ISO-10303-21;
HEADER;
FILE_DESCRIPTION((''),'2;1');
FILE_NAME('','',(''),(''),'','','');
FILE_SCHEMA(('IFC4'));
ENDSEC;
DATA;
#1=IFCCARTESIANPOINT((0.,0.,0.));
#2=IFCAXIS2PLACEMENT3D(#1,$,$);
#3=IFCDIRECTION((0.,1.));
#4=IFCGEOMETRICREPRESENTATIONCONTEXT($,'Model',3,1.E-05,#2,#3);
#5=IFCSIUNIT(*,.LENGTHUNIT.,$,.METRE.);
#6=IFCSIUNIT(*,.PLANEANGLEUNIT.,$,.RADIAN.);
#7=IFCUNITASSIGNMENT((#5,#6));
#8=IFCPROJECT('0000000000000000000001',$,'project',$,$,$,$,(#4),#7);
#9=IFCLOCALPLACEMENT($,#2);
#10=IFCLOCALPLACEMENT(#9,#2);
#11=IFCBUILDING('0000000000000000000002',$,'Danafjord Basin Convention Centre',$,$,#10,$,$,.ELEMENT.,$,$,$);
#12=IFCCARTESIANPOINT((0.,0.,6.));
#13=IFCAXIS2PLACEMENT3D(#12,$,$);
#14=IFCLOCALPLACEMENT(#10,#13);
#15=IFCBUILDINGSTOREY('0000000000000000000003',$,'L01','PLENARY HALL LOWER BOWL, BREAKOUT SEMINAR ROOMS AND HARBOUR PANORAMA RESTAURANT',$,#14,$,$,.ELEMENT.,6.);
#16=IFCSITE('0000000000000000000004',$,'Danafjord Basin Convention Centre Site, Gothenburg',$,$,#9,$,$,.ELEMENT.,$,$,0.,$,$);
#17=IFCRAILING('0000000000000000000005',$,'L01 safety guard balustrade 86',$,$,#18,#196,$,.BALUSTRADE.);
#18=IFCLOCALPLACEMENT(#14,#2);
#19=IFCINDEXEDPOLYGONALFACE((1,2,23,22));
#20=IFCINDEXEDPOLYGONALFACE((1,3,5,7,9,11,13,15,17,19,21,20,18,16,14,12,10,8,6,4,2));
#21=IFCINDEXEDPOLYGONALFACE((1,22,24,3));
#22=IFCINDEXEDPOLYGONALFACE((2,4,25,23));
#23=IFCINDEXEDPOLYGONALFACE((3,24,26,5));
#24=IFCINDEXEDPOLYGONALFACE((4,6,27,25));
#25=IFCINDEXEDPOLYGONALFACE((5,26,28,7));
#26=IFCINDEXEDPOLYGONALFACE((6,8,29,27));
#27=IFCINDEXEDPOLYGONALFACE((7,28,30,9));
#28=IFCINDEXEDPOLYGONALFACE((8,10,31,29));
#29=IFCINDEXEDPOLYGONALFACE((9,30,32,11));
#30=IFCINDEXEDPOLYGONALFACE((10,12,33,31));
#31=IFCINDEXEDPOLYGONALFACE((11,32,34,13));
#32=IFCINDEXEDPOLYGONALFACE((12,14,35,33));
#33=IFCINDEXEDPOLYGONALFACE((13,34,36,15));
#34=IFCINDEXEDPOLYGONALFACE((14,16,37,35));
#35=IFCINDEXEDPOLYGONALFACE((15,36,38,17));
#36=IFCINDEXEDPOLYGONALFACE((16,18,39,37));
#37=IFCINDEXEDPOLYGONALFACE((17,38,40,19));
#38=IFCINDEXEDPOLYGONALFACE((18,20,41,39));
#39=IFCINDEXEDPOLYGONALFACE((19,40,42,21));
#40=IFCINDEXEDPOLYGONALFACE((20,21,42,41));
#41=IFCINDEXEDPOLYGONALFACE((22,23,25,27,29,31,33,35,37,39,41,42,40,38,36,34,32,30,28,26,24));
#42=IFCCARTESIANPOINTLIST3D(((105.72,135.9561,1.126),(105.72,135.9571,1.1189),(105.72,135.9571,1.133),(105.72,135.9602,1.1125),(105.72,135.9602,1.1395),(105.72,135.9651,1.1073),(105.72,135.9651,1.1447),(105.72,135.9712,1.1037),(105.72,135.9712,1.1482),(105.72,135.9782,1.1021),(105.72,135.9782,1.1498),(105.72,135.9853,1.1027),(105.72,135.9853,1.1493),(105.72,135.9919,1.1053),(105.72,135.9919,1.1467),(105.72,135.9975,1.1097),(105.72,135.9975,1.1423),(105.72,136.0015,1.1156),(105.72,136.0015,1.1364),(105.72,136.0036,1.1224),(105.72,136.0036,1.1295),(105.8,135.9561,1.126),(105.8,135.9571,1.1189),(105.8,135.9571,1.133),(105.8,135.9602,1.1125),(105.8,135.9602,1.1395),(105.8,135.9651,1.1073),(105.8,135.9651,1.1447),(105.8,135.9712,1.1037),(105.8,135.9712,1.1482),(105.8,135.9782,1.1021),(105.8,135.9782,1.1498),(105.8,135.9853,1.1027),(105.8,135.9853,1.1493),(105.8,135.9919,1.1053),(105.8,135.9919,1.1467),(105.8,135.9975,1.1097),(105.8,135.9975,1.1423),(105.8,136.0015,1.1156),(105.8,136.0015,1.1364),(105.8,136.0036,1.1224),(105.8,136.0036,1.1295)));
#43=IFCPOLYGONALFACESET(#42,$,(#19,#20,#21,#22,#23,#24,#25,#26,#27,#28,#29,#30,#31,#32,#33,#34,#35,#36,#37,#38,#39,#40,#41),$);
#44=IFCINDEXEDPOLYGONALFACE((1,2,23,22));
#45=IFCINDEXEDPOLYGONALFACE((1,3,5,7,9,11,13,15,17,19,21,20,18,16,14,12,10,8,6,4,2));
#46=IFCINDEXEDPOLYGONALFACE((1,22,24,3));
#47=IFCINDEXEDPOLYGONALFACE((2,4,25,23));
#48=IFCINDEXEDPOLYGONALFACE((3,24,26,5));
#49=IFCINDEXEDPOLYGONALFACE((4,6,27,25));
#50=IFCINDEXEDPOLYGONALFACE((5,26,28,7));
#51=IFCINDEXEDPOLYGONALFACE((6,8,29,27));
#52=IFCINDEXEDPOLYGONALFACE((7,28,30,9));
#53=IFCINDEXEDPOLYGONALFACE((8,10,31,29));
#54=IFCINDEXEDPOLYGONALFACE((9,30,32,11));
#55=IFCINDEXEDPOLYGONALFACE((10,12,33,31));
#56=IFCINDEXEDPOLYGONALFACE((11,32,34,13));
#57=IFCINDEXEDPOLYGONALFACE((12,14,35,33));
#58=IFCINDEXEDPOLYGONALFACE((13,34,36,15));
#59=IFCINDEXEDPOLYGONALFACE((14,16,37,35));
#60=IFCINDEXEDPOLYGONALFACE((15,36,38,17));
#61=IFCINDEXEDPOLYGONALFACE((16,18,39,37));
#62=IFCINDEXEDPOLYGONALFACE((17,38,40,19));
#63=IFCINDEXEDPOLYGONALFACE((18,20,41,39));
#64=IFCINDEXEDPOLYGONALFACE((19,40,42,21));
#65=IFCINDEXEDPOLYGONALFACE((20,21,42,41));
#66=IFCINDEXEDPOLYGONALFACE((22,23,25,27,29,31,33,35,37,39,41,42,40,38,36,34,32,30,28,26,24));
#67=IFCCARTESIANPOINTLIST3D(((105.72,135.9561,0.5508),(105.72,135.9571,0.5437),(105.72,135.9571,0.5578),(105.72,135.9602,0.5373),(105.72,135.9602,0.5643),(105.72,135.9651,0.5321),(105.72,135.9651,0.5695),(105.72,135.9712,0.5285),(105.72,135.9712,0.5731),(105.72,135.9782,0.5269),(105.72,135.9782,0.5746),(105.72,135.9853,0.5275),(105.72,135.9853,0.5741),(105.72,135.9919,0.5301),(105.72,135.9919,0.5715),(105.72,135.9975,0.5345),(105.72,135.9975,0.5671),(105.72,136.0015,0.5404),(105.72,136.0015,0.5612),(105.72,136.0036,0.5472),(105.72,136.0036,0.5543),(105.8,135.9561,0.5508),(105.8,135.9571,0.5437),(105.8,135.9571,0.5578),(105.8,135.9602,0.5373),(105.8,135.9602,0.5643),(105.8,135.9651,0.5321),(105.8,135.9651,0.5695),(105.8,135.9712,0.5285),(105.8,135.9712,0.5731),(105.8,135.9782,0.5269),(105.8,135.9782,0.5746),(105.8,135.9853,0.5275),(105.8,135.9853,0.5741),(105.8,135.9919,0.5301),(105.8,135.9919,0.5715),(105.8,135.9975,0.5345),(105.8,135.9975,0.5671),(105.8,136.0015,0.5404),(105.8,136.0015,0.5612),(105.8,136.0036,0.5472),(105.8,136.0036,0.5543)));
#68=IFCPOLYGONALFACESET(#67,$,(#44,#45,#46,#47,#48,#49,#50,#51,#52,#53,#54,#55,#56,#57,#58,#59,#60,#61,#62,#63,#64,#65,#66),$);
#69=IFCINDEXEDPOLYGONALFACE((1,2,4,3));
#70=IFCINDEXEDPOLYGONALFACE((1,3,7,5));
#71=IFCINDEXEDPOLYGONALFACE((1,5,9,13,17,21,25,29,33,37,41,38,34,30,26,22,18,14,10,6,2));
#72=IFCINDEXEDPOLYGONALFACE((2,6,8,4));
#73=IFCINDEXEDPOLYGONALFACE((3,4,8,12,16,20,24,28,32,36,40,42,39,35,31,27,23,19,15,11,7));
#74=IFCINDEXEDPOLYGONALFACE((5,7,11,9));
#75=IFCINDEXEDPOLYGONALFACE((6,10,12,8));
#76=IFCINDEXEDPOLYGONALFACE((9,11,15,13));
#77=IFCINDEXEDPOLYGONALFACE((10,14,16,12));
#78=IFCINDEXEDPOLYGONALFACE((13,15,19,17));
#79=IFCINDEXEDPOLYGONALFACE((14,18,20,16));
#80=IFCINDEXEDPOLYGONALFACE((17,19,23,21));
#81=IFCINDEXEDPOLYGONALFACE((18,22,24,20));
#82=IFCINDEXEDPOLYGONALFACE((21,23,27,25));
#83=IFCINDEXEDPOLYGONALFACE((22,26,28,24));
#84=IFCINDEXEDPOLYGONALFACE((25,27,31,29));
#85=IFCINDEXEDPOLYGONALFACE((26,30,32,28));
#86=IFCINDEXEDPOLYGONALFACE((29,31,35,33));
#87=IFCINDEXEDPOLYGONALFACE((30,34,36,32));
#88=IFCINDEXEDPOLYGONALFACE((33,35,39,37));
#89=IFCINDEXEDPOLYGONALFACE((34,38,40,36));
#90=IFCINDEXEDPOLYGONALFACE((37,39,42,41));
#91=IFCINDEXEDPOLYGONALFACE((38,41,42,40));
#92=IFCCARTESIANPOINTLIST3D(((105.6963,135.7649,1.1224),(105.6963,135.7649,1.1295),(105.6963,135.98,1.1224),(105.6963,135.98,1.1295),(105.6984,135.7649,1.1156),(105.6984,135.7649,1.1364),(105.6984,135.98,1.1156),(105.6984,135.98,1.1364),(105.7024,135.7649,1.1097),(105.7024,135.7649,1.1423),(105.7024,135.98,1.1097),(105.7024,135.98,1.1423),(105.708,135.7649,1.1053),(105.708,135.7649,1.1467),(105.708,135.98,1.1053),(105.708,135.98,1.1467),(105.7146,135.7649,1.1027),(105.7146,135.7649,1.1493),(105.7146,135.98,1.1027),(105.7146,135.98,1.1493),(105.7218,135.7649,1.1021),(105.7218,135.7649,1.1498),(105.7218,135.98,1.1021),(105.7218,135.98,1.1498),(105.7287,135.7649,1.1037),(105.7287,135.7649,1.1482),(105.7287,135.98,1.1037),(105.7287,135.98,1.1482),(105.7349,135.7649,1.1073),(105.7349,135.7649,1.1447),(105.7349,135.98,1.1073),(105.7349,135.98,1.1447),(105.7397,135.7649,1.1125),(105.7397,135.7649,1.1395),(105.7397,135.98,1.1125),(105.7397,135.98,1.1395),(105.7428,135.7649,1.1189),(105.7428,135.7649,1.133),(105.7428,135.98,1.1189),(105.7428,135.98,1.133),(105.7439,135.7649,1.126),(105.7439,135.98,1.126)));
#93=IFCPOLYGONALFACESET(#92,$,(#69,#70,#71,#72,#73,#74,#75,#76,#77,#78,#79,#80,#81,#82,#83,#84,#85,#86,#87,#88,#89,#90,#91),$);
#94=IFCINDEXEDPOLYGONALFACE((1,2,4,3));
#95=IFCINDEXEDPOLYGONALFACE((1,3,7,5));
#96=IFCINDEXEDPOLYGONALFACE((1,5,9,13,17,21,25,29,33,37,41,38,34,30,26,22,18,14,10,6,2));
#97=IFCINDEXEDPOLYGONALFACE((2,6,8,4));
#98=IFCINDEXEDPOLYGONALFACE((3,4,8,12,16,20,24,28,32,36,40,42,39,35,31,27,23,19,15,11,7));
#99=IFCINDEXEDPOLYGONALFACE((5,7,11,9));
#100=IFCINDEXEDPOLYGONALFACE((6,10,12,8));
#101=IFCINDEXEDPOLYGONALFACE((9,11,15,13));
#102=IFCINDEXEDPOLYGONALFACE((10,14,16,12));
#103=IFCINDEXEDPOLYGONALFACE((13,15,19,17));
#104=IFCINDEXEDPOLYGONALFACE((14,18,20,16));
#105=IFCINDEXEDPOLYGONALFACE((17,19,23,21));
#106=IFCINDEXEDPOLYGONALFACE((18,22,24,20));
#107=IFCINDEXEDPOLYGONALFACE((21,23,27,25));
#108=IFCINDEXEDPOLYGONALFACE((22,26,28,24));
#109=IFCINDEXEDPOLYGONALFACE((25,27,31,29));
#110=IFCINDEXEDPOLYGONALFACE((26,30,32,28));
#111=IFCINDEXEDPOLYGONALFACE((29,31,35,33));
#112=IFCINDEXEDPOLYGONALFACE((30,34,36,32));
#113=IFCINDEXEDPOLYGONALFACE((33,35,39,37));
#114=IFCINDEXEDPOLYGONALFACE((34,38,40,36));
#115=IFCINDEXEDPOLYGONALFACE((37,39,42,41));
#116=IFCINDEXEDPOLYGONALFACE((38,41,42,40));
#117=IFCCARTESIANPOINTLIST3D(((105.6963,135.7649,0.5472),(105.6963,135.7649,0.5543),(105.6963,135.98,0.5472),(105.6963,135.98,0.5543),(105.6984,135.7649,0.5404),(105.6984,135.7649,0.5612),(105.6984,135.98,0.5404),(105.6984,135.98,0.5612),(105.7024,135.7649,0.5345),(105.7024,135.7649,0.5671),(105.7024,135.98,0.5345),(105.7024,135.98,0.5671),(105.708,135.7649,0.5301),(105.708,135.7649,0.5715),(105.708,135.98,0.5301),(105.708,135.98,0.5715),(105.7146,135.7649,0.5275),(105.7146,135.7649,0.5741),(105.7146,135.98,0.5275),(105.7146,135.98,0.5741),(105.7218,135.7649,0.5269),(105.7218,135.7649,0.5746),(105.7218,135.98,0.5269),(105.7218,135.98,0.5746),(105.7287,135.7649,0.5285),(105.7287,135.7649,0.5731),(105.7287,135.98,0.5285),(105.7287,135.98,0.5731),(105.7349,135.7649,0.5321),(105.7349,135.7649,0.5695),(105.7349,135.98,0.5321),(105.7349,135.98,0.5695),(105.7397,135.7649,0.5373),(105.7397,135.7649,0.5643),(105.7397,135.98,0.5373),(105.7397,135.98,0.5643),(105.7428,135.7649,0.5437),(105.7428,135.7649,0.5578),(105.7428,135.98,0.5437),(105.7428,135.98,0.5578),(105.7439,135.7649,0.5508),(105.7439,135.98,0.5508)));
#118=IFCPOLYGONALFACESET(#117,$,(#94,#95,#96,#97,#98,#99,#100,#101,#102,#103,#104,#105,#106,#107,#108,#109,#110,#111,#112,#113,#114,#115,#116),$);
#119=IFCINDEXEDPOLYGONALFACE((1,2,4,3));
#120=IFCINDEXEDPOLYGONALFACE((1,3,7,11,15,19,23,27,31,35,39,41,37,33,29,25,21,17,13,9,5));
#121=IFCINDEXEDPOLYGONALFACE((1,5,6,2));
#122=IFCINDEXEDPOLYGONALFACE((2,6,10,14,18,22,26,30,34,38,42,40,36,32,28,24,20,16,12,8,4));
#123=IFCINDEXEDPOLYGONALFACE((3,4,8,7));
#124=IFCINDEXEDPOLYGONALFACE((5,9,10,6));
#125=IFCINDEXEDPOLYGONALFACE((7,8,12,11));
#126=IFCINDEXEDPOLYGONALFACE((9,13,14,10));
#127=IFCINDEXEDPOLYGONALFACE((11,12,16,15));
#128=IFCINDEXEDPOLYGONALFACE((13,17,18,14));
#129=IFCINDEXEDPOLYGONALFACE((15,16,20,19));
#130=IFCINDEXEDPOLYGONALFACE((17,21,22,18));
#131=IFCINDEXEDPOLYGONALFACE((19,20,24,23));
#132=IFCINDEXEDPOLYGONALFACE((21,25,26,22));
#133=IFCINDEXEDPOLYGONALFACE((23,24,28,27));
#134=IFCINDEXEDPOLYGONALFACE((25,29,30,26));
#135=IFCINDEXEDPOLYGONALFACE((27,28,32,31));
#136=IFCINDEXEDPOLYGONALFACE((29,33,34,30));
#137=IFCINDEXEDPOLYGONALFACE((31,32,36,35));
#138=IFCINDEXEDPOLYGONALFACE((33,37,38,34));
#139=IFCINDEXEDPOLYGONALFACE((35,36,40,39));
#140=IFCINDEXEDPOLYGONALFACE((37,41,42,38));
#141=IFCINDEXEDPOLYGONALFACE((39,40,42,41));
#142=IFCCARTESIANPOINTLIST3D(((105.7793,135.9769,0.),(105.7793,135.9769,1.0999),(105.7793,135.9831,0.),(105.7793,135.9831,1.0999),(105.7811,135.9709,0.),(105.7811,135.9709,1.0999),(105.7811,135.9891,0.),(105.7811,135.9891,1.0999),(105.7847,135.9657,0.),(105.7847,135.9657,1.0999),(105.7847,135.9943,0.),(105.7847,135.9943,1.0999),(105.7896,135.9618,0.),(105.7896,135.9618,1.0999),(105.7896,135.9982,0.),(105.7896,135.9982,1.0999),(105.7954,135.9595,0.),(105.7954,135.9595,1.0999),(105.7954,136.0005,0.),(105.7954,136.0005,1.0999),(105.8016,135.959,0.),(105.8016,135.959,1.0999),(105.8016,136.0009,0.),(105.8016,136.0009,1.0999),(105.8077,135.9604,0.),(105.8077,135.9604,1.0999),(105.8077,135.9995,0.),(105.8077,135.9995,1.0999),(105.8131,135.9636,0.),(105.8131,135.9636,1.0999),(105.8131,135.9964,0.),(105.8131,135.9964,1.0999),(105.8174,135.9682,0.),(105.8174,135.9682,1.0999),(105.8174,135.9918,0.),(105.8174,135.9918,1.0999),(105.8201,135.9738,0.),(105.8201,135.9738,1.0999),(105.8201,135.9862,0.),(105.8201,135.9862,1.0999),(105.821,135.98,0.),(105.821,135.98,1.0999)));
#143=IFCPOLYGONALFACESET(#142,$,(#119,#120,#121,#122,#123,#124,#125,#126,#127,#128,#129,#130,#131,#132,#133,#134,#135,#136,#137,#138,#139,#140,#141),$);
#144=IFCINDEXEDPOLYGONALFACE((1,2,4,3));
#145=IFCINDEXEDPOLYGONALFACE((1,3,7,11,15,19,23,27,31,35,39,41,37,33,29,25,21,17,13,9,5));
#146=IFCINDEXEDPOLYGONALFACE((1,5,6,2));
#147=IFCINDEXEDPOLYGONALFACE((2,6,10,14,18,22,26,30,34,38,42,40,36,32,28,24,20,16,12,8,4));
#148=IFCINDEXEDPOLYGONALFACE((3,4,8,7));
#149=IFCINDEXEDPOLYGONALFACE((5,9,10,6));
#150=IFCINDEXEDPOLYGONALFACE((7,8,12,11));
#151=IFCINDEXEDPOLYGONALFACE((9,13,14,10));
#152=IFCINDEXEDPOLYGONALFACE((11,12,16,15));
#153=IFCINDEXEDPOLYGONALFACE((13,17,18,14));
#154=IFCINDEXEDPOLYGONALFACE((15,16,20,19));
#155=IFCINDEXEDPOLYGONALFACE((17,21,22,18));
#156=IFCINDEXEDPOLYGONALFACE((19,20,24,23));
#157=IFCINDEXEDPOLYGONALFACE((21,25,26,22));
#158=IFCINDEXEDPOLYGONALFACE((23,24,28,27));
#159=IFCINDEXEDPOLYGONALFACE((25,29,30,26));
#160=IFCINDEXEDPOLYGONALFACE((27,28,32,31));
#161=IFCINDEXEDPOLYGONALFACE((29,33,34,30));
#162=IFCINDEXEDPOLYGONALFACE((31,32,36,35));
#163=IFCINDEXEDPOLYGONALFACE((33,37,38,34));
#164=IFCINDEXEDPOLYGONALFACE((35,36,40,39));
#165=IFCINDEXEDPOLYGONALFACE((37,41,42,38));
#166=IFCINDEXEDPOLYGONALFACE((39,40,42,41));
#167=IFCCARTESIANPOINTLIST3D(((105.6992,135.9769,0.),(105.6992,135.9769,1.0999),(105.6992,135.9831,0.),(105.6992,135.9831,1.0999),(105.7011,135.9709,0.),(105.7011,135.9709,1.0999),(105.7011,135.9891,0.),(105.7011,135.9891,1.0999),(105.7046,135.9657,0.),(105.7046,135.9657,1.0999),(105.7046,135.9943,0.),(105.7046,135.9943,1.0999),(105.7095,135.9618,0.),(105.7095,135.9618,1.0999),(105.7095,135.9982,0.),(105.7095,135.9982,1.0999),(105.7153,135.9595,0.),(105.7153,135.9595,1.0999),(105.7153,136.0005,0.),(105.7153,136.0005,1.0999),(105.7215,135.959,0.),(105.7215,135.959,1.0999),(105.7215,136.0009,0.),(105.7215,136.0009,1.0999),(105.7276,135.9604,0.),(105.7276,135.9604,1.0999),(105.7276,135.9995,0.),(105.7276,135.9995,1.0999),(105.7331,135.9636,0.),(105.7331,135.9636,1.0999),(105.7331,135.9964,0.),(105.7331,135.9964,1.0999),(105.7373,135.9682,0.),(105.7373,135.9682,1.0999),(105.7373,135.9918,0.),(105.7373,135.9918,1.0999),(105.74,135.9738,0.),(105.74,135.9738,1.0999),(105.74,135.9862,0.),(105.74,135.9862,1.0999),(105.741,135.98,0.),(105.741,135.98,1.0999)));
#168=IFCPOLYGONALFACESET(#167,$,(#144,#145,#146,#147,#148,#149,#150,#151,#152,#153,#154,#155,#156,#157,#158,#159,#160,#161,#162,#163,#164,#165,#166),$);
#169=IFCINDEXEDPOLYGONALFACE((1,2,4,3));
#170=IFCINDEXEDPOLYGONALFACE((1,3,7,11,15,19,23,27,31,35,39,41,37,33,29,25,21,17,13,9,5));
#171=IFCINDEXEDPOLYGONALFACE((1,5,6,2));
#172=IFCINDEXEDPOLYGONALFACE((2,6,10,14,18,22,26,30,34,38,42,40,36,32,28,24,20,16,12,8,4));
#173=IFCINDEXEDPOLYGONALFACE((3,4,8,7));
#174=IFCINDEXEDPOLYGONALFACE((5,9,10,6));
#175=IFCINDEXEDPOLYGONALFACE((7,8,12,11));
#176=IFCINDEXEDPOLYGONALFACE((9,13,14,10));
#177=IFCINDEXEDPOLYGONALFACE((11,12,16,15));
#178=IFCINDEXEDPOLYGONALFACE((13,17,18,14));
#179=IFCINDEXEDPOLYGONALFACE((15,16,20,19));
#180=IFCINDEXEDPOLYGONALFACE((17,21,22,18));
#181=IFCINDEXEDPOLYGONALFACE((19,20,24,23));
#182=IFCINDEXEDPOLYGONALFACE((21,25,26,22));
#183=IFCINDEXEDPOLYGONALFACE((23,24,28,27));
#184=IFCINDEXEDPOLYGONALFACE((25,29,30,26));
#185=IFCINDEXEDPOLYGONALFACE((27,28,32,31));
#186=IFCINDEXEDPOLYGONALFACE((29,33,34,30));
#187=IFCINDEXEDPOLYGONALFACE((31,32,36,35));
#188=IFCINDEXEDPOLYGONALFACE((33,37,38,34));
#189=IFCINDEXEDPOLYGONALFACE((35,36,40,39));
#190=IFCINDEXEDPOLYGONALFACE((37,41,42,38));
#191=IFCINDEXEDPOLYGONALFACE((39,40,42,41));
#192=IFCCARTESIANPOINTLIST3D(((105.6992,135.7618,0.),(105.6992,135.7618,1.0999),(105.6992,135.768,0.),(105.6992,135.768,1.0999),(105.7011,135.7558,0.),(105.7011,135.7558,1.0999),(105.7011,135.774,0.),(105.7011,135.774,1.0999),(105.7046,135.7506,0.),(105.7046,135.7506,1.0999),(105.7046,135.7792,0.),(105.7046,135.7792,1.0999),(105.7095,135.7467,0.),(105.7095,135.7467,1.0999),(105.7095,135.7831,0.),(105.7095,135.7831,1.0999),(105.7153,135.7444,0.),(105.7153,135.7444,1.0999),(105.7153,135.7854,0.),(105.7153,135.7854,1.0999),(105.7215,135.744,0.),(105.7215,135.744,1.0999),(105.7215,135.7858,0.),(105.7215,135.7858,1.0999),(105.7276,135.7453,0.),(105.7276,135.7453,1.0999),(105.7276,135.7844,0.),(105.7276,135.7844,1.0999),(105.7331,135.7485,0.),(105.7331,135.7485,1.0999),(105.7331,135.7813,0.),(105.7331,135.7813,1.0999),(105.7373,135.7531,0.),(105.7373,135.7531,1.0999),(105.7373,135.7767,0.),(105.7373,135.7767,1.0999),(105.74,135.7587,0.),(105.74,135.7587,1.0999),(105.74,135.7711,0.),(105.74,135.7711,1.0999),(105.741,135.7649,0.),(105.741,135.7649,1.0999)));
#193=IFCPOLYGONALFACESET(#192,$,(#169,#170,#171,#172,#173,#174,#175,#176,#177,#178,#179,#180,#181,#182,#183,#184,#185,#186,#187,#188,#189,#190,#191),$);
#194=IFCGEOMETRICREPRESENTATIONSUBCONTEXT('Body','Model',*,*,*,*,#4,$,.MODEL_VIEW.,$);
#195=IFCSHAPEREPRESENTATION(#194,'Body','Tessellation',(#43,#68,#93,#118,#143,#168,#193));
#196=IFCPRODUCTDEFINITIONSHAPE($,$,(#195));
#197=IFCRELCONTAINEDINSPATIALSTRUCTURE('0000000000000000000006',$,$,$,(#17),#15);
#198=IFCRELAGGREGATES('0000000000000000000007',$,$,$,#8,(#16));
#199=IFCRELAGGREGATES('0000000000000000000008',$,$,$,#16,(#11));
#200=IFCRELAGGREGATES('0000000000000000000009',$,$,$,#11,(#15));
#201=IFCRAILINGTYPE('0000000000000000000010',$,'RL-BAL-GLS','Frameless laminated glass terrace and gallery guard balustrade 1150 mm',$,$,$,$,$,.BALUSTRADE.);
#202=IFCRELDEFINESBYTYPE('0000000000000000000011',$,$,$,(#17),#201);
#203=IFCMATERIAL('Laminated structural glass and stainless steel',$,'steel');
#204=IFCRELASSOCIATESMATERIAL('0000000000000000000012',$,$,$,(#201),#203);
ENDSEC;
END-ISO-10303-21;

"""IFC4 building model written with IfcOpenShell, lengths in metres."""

from ifc_helpers import new_model, si_unit, direction, frame, origin, origin_2d, place, context, subcontext, project, spatial, circle, extrude, material, type_object, element, save


model = new_model("IFC4")

# Units and contexts
model_context = context("Model", 3, precision=1e-05, world=origin(), true_north=direction((0.0, 1.0)))
body_context = subcontext(model_context, "Body", "Model", "MODEL_VIEW")
ifc_project = project(units=[si_unit("LENGTHUNIT", "METRE"), si_unit("PLANEANGLEUNIT", "RADIAN")], contexts=[model_context])

# Site, building, storey
site_placement = place(None, origin())
site = spatial("IfcSite", under=ifc_project, at=site_placement, Name="Danafjord Basin Convention Centre Site, Gothenburg", CompositionType="ELEMENT", RefElevation=0.0)
building_placement = place(site_placement, origin())
building = spatial("IfcBuilding", under=site, at=building_placement, Name="Danafjord Basin Convention Centre", CompositionType="ELEMENT")
storey_placement = place(building_placement, frame((0.0, 0.0, 6.0)))
storey = spatial("IfcBuildingStorey", under=building, at=storey_placement, Name="L01", Description="PLENARY HALL LOWER BOWL, BREAKOUT SEMINAR ROOMS AND HARBOUR PANORAMA RESTAURANT", CompositionType="ELEMENT", Elevation=6.0)

# Railing
ifc_material_1 = material(Name="Laminated structural glass and stainless steel", Category="steel")
railing_type_1 = type_object("IfcRailingType", Name="RL-BAL-GLS", Description="Frameless laminated glass terrace and gallery guard balustrade 1150 mm", PredefinedType="BALUSTRADE", material=ifc_material_1)
railing_1_placement = place(storey_placement, frame((105.8, 135.98, 0.0)))
element("IfcRailing", 1, at=railing_1_placement, inside=storey, type_object=railing_type_1, Name="L01 safety guard balustrade 86", PredefinedType="BALUSTRADE", context=body_context, shape_type="SweptSolid", body=[
    extrude(circle(Radius=0.0239, at=origin_2d()), frame((0.0, 0.0, 1.126), z_axis=(-1.0, 0.0, 0.0), x_axis=(0.0, -1.0, 0.0)), (0.0, 0.0, 1.0), 0.0801),
    extrude(circle(Radius=0.0239, at=origin_2d()), frame((0.0, 0.0, 0.5508), z_axis=(-1.0, 0.0, 0.0), x_axis=(0.0, -1.0, 0.0)), (0.0, 0.0, 1.0), 0.0801),
    extrude(circle(Radius=0.0239, at=origin_2d()), frame((-0.0801, 0.0, 1.126), z_axis=(0.0, -1.0, 0.0), x_axis=(1.0, 0.0, 0.0)), (0.0, 0.0, 1.0), 0.2151),
    extrude(circle(Radius=0.0239, at=origin_2d()), frame((-0.0801, 0.0, 0.5508), z_axis=(0.0, -1.0, 0.0), x_axis=(1.0, 0.0, 0.0)), (0.0, 0.0, 1.0), 0.2151),
    extrude(circle(Radius=0.021, at=origin_2d()), origin(), (0.0, 0.0, 1.0), 1.0999),
    extrude(circle(Radius=0.021, at=origin_2d()), frame((-0.0801, 0.0, 0.0)), (0.0, 0.0, 1.0), 1.0999),
    extrude(circle(Radius=0.021, at=origin_2d()), frame((-0.0801, -0.2151, 0.0)), (0.0, 0.0, 1.0), 1.0999),
])

save(model, "model.ifc")
